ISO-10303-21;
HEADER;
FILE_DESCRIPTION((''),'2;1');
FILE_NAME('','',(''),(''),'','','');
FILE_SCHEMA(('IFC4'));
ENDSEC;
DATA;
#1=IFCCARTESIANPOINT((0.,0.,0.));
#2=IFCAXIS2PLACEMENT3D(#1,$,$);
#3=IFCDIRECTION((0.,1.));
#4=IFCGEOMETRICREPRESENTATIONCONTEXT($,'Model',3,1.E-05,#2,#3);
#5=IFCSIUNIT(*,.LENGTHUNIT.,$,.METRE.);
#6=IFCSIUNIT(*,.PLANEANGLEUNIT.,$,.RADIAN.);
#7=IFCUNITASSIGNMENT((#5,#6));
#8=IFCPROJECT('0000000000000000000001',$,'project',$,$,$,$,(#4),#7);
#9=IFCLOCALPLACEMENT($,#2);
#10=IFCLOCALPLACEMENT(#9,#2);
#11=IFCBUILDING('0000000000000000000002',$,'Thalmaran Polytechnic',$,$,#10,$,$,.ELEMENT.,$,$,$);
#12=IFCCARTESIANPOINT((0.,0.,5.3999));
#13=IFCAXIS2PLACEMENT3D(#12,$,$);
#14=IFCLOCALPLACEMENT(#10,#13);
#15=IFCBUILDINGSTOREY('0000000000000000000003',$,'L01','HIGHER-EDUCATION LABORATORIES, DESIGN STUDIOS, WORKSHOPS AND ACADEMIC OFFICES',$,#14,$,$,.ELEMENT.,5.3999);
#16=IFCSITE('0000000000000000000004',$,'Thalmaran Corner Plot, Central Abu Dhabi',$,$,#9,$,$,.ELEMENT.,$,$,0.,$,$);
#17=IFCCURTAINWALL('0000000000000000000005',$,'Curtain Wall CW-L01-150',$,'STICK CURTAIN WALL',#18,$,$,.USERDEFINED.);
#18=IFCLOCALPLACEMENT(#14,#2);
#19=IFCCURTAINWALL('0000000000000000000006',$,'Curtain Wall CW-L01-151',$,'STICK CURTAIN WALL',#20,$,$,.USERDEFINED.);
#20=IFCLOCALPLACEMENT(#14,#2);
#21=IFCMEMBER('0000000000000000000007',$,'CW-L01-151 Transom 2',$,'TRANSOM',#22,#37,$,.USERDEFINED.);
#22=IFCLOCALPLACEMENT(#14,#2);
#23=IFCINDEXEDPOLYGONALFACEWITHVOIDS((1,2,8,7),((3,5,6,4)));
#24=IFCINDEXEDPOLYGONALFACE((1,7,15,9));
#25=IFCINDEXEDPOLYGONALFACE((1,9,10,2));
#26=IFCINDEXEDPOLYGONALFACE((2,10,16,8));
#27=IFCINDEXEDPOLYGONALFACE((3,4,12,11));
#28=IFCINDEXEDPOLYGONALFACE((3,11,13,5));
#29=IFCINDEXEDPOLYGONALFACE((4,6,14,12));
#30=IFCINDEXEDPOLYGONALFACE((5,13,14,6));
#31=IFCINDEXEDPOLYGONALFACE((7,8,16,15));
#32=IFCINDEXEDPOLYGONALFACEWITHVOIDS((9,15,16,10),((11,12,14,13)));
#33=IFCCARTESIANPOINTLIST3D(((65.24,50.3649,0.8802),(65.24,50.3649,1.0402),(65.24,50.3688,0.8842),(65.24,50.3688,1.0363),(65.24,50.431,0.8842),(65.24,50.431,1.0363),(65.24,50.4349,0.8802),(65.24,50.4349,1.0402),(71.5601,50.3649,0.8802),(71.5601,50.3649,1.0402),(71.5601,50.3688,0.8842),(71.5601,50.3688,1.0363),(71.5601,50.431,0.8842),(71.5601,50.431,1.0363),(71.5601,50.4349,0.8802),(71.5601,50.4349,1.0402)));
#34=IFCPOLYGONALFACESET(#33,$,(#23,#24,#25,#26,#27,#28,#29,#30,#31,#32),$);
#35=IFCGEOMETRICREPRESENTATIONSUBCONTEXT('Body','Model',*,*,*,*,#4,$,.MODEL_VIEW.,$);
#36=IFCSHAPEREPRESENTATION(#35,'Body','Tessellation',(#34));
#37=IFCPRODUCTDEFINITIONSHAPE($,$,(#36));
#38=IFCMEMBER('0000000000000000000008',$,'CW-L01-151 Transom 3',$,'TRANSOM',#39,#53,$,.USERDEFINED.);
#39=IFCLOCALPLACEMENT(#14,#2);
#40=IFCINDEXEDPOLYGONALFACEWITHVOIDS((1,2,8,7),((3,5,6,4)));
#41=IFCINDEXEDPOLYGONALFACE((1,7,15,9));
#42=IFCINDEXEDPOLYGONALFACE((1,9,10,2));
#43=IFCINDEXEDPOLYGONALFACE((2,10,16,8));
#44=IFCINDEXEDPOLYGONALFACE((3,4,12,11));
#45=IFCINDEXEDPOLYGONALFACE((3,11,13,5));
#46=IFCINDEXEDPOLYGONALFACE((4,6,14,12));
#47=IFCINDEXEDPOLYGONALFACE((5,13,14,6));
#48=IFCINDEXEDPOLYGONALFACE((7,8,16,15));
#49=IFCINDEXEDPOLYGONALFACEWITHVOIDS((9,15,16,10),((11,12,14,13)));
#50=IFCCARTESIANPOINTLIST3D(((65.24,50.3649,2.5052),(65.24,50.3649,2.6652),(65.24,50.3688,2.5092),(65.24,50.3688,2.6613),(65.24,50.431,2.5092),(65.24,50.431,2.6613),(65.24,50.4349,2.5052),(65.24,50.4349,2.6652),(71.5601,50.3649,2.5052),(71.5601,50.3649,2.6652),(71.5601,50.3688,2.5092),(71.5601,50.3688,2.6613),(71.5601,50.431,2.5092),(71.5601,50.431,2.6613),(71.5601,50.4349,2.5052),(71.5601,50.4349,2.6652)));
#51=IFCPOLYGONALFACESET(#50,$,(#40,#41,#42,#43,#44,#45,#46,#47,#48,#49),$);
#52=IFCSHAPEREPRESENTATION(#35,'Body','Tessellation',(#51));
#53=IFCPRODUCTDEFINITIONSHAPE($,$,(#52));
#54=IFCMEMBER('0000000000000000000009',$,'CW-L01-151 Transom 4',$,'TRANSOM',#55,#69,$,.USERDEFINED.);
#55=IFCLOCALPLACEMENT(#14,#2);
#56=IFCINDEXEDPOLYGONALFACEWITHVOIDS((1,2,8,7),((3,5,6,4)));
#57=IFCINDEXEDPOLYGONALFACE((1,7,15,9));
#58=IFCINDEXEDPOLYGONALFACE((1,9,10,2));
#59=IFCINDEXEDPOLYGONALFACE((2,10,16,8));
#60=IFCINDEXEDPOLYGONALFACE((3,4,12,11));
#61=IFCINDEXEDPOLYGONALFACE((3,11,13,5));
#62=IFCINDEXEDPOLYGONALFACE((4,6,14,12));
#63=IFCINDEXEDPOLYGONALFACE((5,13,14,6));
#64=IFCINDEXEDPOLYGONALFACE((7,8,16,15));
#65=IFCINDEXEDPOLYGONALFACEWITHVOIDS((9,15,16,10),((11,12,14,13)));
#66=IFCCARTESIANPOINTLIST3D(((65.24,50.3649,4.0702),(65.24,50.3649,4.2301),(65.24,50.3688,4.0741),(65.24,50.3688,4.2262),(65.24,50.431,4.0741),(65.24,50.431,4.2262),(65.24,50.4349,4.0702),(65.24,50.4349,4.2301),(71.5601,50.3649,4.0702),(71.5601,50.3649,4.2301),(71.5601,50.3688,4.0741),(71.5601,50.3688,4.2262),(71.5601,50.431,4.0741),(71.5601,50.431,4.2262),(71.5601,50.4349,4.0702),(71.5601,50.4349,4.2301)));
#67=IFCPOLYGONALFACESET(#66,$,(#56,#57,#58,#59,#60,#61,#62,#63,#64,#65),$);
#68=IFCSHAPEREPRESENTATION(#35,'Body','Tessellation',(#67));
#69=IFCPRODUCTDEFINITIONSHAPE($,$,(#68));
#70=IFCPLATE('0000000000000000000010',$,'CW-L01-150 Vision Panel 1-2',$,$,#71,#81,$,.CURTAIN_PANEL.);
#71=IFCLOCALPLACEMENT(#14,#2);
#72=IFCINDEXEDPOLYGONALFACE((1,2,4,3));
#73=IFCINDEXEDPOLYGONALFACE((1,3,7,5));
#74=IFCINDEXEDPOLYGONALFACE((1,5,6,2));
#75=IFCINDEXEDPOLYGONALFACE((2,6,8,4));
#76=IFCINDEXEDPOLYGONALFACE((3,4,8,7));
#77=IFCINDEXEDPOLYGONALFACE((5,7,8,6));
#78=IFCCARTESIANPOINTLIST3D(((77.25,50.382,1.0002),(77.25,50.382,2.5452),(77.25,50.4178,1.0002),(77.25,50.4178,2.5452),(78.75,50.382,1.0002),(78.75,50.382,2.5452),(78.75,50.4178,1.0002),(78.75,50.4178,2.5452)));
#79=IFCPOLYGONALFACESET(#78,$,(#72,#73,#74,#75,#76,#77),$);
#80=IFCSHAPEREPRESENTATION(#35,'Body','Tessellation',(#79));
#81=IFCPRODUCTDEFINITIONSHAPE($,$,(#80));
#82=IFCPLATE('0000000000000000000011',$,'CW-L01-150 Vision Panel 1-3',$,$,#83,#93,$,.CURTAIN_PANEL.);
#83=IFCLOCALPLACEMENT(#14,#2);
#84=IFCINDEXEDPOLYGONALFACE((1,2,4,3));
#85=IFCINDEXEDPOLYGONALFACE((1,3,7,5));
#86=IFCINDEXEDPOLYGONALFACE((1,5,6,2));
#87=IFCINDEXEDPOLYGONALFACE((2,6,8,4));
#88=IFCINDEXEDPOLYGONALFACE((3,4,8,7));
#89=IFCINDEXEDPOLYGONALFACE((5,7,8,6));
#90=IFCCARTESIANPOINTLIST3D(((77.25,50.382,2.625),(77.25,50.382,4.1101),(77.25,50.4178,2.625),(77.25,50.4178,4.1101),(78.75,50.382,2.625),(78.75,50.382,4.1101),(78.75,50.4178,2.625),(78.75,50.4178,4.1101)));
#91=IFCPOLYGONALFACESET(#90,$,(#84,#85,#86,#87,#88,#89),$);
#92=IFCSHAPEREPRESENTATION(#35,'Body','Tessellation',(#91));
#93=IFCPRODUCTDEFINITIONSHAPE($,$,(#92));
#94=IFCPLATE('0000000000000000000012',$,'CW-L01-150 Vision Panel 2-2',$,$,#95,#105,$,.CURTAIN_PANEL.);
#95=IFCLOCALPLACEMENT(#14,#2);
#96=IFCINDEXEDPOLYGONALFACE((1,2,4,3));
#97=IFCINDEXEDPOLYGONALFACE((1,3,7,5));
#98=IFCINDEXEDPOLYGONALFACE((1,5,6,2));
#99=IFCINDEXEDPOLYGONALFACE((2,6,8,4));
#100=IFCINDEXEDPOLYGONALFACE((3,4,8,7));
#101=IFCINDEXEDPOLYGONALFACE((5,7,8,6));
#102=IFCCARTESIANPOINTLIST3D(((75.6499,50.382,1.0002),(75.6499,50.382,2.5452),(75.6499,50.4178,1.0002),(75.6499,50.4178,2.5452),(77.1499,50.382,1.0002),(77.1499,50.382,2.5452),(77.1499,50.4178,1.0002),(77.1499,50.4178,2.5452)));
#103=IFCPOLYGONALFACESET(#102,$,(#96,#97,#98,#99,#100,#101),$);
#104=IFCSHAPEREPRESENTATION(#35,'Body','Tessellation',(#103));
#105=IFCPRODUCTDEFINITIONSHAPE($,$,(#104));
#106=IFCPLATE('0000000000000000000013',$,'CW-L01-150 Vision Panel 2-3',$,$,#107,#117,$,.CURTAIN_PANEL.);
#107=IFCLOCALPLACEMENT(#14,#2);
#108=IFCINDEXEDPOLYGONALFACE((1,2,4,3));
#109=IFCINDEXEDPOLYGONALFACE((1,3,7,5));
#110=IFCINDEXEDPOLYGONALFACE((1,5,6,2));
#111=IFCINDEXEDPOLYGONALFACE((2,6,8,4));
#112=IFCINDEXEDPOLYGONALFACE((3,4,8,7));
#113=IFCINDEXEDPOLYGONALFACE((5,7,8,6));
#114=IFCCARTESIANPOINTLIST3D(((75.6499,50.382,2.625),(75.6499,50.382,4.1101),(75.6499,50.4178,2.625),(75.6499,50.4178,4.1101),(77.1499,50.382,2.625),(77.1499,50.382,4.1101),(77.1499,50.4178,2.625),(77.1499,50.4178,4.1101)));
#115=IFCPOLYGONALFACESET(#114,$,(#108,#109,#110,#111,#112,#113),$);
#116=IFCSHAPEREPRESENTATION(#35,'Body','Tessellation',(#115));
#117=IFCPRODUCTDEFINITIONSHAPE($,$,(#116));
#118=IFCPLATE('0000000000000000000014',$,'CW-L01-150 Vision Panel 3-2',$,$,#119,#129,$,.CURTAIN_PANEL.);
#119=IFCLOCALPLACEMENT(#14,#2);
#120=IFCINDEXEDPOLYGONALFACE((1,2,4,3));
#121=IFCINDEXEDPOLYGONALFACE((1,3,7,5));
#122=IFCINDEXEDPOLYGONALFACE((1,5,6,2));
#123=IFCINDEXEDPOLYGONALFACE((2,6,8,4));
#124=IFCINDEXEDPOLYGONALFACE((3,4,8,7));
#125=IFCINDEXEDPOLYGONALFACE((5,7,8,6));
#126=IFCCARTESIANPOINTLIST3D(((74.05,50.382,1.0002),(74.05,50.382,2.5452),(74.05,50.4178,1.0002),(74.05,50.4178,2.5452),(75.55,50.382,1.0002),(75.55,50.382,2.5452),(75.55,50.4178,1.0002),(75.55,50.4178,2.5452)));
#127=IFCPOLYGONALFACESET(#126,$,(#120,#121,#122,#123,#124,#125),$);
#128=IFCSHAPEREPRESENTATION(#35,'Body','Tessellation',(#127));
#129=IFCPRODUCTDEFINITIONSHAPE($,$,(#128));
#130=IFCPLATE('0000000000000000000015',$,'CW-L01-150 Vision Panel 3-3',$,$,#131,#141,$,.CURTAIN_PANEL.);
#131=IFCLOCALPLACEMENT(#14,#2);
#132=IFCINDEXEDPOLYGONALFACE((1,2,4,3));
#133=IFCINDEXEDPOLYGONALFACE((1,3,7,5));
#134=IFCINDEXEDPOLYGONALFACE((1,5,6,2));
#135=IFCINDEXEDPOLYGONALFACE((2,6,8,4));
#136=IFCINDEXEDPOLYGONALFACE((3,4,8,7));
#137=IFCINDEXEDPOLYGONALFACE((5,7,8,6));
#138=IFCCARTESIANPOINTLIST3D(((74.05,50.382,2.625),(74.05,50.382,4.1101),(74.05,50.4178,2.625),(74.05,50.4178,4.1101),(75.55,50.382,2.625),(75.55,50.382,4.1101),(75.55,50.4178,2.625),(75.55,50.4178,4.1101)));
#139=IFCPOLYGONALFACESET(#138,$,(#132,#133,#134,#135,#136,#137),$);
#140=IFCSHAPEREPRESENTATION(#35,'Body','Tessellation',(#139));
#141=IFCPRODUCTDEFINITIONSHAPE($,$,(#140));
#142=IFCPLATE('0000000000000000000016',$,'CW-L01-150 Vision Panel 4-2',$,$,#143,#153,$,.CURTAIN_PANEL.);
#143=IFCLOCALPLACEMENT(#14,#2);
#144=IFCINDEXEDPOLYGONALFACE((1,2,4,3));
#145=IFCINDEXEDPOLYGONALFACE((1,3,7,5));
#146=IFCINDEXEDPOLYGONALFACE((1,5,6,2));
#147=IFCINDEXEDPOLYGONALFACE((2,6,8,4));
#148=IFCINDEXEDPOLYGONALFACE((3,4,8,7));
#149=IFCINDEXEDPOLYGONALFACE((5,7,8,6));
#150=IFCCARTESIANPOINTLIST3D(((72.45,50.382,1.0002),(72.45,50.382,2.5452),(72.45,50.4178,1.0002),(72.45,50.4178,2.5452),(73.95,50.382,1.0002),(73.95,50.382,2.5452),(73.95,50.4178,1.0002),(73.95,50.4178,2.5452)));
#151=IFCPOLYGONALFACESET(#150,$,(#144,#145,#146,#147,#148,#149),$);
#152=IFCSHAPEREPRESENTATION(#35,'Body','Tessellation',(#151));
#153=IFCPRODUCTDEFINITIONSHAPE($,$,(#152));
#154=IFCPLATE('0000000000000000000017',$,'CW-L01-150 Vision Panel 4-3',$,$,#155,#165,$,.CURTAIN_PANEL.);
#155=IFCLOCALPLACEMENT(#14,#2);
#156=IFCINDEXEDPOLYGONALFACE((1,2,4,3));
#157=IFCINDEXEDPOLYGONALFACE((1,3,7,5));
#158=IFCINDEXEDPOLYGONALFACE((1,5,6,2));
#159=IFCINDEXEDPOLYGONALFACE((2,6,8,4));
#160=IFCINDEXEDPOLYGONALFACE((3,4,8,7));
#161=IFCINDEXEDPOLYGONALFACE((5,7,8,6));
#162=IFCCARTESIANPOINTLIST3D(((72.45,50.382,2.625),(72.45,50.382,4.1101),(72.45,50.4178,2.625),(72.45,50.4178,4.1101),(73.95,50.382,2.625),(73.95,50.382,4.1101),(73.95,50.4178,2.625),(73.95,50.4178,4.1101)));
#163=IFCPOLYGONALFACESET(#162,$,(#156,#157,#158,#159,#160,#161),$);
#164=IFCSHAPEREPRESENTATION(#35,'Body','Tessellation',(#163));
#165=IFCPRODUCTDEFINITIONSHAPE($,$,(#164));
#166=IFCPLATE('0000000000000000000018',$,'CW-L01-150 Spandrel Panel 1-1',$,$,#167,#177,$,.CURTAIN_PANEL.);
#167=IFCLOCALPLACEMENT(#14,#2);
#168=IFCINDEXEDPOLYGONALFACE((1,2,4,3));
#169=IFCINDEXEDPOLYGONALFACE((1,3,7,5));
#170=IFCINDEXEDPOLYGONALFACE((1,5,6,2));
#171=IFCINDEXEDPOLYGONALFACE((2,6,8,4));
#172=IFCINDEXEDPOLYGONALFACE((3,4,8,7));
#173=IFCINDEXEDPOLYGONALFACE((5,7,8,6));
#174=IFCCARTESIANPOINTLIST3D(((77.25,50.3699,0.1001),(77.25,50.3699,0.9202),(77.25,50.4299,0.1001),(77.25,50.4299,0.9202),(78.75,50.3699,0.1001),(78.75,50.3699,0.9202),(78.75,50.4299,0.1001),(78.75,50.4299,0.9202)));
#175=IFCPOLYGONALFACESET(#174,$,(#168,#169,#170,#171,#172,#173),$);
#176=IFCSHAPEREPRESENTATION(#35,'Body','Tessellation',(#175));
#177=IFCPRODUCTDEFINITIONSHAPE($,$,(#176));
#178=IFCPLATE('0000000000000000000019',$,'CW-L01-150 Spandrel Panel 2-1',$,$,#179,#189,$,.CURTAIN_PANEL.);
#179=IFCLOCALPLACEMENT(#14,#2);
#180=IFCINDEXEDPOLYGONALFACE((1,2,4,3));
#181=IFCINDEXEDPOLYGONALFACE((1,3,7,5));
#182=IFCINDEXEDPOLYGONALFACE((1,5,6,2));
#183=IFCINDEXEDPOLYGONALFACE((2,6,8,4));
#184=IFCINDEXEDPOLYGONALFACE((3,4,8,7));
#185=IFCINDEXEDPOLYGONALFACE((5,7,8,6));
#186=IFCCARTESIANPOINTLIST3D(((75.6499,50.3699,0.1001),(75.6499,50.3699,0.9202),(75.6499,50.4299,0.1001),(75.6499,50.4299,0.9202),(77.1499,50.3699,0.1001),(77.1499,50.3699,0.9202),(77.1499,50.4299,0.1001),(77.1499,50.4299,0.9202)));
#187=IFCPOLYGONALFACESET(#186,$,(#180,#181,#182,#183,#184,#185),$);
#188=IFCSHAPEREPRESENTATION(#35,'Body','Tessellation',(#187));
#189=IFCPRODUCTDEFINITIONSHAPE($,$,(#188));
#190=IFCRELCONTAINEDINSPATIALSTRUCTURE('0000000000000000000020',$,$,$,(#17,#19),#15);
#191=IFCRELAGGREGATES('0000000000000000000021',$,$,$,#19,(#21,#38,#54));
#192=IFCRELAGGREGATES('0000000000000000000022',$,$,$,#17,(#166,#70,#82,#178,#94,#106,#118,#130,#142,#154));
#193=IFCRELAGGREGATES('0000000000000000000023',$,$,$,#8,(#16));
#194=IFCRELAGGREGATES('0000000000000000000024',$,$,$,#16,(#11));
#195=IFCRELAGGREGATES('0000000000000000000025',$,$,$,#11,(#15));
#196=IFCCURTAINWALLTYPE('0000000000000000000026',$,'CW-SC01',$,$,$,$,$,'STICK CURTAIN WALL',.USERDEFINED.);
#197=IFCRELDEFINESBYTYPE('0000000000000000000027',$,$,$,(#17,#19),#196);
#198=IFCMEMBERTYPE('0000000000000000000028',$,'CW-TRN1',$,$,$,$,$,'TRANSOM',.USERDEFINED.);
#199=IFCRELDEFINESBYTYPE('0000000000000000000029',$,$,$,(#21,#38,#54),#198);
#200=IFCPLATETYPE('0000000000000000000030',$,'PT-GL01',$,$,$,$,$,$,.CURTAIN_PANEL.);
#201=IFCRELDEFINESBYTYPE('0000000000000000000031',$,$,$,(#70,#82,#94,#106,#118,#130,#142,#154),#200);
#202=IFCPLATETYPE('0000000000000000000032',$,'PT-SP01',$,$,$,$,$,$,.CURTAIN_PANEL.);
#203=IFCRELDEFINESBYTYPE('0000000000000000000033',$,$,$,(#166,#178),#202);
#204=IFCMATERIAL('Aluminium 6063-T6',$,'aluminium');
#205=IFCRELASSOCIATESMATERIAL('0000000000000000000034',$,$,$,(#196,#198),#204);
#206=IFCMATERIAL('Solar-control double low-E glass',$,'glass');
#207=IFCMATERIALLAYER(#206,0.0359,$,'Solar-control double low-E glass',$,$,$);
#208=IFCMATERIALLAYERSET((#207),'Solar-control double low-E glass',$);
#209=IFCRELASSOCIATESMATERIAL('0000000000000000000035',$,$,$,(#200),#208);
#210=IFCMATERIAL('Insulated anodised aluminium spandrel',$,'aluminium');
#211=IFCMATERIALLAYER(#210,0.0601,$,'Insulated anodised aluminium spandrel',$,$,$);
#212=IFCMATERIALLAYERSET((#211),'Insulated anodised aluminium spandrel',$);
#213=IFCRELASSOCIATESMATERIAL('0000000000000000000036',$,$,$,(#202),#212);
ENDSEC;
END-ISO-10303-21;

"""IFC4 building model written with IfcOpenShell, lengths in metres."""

from ifc_helpers import new_model, si_unit, direction, frame, origin, origin_2d, place, context, subcontext, project, spatial, rectangle, hollow_rectangle, extrude, material, layer, layer_set, material_profile, profile_set, type_object, element, aggregate, save


model = new_model("IFC4")

# Units and contexts
model_context = context("Model", 3, precision=1e-05, world=origin(), true_north=direction((0.0, 1.0)))
body_context = subcontext(model_context, "Body", "Model", "MODEL_VIEW")
ifc_project = project(units=[si_unit("LENGTHUNIT", "METRE"), si_unit("PLANEANGLEUNIT", "RADIAN")], contexts=[model_context])

# Site, building, storey
site_placement = place(None, origin())
site = spatial("IfcSite", under=ifc_project, at=site_placement, Name="Thalmaran Corner Plot, Central Abu Dhabi", CompositionType="ELEMENT", RefElevation=0.0)
building_placement = place(site_placement, origin())
building = spatial("IfcBuilding", under=site, at=building_placement, Name="Thalmaran Polytechnic", CompositionType="ELEMENT")
storey_placement = place(building_placement, frame((0.0, 0.0, 5.3999)))
storey = spatial("IfcBuildingStorey", under=building, at=storey_placement, Name="L01", Description="HIGHER-EDUCATION LABORATORIES, DESIGN STUDIOS, WORKSHOPS AND ACADEMIC OFFICES", CompositionType="ELEMENT", Elevation=5.3999)

# Curtain walls, members
ifc_material_1 = material(Name="Aluminium 6063-T6", Category="aluminium")
curtain_wall_type = type_object("IfcCurtainWallType", Name="CW-SC01", ElementType="STICK CURTAIN WALL", PredefinedType="USERDEFINED", material=ifc_material_1)
curtain_wall_1_placement = place(storey_placement, origin())
curtain_wall_1 = element("IfcCurtainWall", 1, at=curtain_wall_1_placement, inside=storey, type_object=curtain_wall_type, Name="Curtain Wall CW-L01-150", ObjectType="STICK CURTAIN WALL", PredefinedType="USERDEFINED")
ifc_material_profile_1 = material_profile(ifc_material_1, hollow_rectangle(XDim=0.0701, YDim=0.1599, WallThickness=0.0039, at=origin_2d()), Name="AL 160x70x4.0")
ifc_profile_set_1 = profile_set([ifc_material_profile_1], Name="Aluminium 6063-T6")
member_type_1 = type_object("IfcMemberType", Name="CW-TRN1", ElementType="TRANSOM", PredefinedType="USERDEFINED", material=ifc_profile_set_1)
curtain_wall_2_placement = place(storey_placement, origin())
curtain_wall_2 = element("IfcCurtainWall", 2, at=curtain_wall_2_placement, inside=storey, type_object=curtain_wall_type, Name="Curtain Wall CW-L01-151", ObjectType="STICK CURTAIN WALL", PredefinedType="USERDEFINED")
member_1_placement = place(storey_placement, frame((71.5601, 50.3999, 0.9602), z_axis=(-1.0, 0.0, 0.0), x_axis=(0.0, -1.0, 0.0)))
member_1 = element("IfcMember", 3, at=member_1_placement, type_object=member_type_1, Name="CW-L01-151 Transom 2", ObjectType="TRANSOM", PredefinedType="USERDEFINED", context=body_context, shape_type="SweptSolid", body=[
    extrude(hollow_rectangle(XDim=0.0701, YDim=0.1599, WallThickness=0.0039, at=origin_2d()), origin(), (0.0, 0.0, 1.0), 6.3201),
])
member_2_placement = place(storey_placement, frame((71.5601, 50.3999, 2.5852), z_axis=(-1.0, 0.0, 0.0), x_axis=(0.0, -1.0, 0.0)))
member_2 = element("IfcMember", 4, at=member_2_placement, type_object=member_type_1, Name="CW-L01-151 Transom 3", ObjectType="TRANSOM", PredefinedType="USERDEFINED", context=body_context, shape_type="SweptSolid", body=[
    extrude(hollow_rectangle(XDim=0.0701, YDim=0.1599, WallThickness=0.0039, at=origin_2d()), origin(), (0.0, 0.0, 1.0), 6.3201),
])
member_3_placement = place(storey_placement, frame((71.5601, 50.3999, 4.1501), z_axis=(-1.0, 0.0, 0.0), x_axis=(0.0, -1.0, 0.0)))
member_3 = element("IfcMember", 5, at=member_3_placement, type_object=member_type_1, Name="CW-L01-151 Transom 4", ObjectType="TRANSOM", PredefinedType="USERDEFINED", context=body_context, shape_type="SweptSolid", body=[
    extrude(hollow_rectangle(XDim=0.0701, YDim=0.1599, WallThickness=0.0039, at=origin_2d()), origin(), (0.0, 0.0, 1.0), 6.3201),
])
aggregate(curtain_wall_2, [member_1, member_2, member_3])

# Plates
ifc_material_2 = material(Name="Solar-control double low-E glass", Category="glass")
ifc_layer_1 = layer(ifc_material_2, 0.0359, Name="Solar-control double low-E glass")
ifc_layer_set_1 = layer_set([ifc_layer_1], Name="Solar-control double low-E glass")
plate_type_1 = type_object("IfcPlateType", Name="PT-GL01", PredefinedType="CURTAIN_PANEL", material=ifc_layer_set_1)
plate_1_placement = place(storey_placement, frame((78.0, 50.3999, 1.0002), z_axis=(0.0, 0.0, 1.0), x_axis=(-1.0, 0.0, 0.0)))
plate_1 = element("IfcPlate", 6, at=plate_1_placement, type_object=plate_type_1, Name="CW-L01-150 Vision Panel 1-2", PredefinedType="CURTAIN_PANEL", context=body_context, shape_type="SweptSolid", body=[
    extrude(rectangle(XDim=1.5, YDim=0.0359, at=origin_2d()), origin(), (0.0, 0.0, 1.0), 1.5449),
])
plate_2_placement = place(storey_placement, frame((78.0, 50.3999, 2.625), z_axis=(0.0, 0.0, 1.0), x_axis=(-1.0, 0.0, 0.0)))
plate_2 = element("IfcPlate", 7, at=plate_2_placement, type_object=plate_type_1, Name="CW-L01-150 Vision Panel 1-3", PredefinedType="CURTAIN_PANEL", context=body_context, shape_type="SweptSolid", body=[
    extrude(rectangle(XDim=1.5, YDim=0.0359, at=origin_2d()), origin(), (0.0, 0.0, 1.0), 1.4851),
])
plate_3_placement = place(storey_placement, frame((76.3999, 50.3999, 1.0002), z_axis=(0.0, 0.0, 1.0), x_axis=(-1.0, 0.0, 0.0)))
plate_3 = element("IfcPlate", 8, at=plate_3_placement, type_object=plate_type_1, Name="CW-L01-150 Vision Panel 2-2", PredefinedType="CURTAIN_PANEL", context=body_context, shape_type="SweptSolid", body=[
    extrude(rectangle(XDim=1.5, YDim=0.0359, at=origin_2d()), origin(), (0.0, 0.0, 1.0), 1.5449),
])
plate_4_placement = place(storey_placement, frame((76.3999, 50.3999, 2.625), z_axis=(0.0, 0.0, 1.0), x_axis=(-1.0, 0.0, 0.0)))
plate_4 = element("IfcPlate", 9, at=plate_4_placement, type_object=plate_type_1, Name="CW-L01-150 Vision Panel 2-3", PredefinedType="CURTAIN_PANEL", context=body_context, shape_type="SweptSolid", body=[
    extrude(rectangle(XDim=1.5, YDim=0.0359, at=origin_2d()), origin(), (0.0, 0.0, 1.0), 1.4851),
])
plate_5_placement = place(storey_placement, frame((74.8, 50.3999, 1.0002), z_axis=(0.0, 0.0, 1.0), x_axis=(-1.0, 0.0, 0.0)))
plate_5 = element("IfcPlate", 10, at=plate_5_placement, type_object=plate_type_1, Name="CW-L01-150 Vision Panel 3-2", PredefinedType="CURTAIN_PANEL", context=body_context, shape_type="SweptSolid", body=[
    extrude(rectangle(XDim=1.5, YDim=0.0359, at=origin_2d()), origin(), (0.0, 0.0, 1.0), 1.5449),
])
plate_6_placement = place(storey_placement, frame((74.8, 50.3999, 2.625), z_axis=(0.0, 0.0, 1.0), x_axis=(-1.0, 0.0, 0.0)))
plate_6 = element("IfcPlate", 11, at=plate_6_placement, type_object=plate_type_1, Name="CW-L01-150 Vision Panel 3-3", PredefinedType="CURTAIN_PANEL", context=body_context, shape_type="SweptSolid", body=[
    extrude(rectangle(XDim=1.5, YDim=0.0359, at=origin_2d()), origin(), (0.0, 0.0, 1.0), 1.4851),
])
plate_7_placement = place(storey_placement, frame((73.2, 50.3999, 1.0002), z_axis=(0.0, 0.0, 1.0), x_axis=(-1.0, 0.0, 0.0)))
plate_7 = element("IfcPlate", 12, at=plate_7_placement, type_object=plate_type_1, Name="CW-L01-150 Vision Panel 4-2", PredefinedType="CURTAIN_PANEL", context=body_context, shape_type="SweptSolid", body=[
    extrude(rectangle(XDim=1.5, YDim=0.0359, at=origin_2d()), origin(), (0.0, 0.0, 1.0), 1.5449),
])
plate_8_placement = place(storey_placement, frame((73.2, 50.3999, 2.625), z_axis=(0.0, 0.0, 1.0), x_axis=(-1.0, 0.0, 0.0)))
plate_8 = element("IfcPlate", 13, at=plate_8_placement, type_object=plate_type_1, Name="CW-L01-150 Vision Panel 4-3", PredefinedType="CURTAIN_PANEL", context=body_context, shape_type="SweptSolid", body=[
    extrude(rectangle(XDim=1.5, YDim=0.0359, at=origin_2d()), origin(), (0.0, 0.0, 1.0), 1.4851),
])
ifc_material_3 = material(Name="Insulated anodised aluminium spandrel", Category="aluminium")
ifc_layer_2 = layer(ifc_material_3, 0.0601, Name="Insulated anodised aluminium spandrel")
ifc_layer_set_2 = layer_set([ifc_layer_2], Name="Insulated anodised aluminium spandrel")
plate_type_2 = type_object("IfcPlateType", Name="PT-SP01", PredefinedType="CURTAIN_PANEL", material=ifc_layer_set_2)
plate_9_placement = place(storey_placement, frame((78.0, 50.3999, 0.1001), z_axis=(0.0, 0.0, 1.0), x_axis=(-1.0, 0.0, 0.0)))
plate_9 = element("IfcPlate", 14, at=plate_9_placement, type_object=plate_type_2, Name="CW-L01-150 Spandrel Panel 1-1", PredefinedType="CURTAIN_PANEL", context=body_context, shape_type="SweptSolid", body=[
    extrude(rectangle(XDim=1.5, YDim=0.0601, at=origin_2d()), origin(), (0.0, 0.0, 1.0), 0.8201),
])
plate_10_placement = place(storey_placement, frame((76.3999, 50.3999, 0.1001), z_axis=(0.0, 0.0, 1.0), x_axis=(-1.0, 0.0, 0.0)))
plate_10 = element("IfcPlate", 15, at=plate_10_placement, type_object=plate_type_2, Name="CW-L01-150 Spandrel Panel 2-1", PredefinedType="CURTAIN_PANEL", context=body_context, shape_type="SweptSolid", body=[
    extrude(rectangle(XDim=1.5, YDim=0.0601, at=origin_2d()), origin(), (0.0, 0.0, 1.0), 0.8201),
])
aggregate(curtain_wall_1, [plate_9, plate_1, plate_2, plate_10, plate_3, plate_4, plate_5, plate_6, plate_7, plate_8])

save(model, "model.ifc")
